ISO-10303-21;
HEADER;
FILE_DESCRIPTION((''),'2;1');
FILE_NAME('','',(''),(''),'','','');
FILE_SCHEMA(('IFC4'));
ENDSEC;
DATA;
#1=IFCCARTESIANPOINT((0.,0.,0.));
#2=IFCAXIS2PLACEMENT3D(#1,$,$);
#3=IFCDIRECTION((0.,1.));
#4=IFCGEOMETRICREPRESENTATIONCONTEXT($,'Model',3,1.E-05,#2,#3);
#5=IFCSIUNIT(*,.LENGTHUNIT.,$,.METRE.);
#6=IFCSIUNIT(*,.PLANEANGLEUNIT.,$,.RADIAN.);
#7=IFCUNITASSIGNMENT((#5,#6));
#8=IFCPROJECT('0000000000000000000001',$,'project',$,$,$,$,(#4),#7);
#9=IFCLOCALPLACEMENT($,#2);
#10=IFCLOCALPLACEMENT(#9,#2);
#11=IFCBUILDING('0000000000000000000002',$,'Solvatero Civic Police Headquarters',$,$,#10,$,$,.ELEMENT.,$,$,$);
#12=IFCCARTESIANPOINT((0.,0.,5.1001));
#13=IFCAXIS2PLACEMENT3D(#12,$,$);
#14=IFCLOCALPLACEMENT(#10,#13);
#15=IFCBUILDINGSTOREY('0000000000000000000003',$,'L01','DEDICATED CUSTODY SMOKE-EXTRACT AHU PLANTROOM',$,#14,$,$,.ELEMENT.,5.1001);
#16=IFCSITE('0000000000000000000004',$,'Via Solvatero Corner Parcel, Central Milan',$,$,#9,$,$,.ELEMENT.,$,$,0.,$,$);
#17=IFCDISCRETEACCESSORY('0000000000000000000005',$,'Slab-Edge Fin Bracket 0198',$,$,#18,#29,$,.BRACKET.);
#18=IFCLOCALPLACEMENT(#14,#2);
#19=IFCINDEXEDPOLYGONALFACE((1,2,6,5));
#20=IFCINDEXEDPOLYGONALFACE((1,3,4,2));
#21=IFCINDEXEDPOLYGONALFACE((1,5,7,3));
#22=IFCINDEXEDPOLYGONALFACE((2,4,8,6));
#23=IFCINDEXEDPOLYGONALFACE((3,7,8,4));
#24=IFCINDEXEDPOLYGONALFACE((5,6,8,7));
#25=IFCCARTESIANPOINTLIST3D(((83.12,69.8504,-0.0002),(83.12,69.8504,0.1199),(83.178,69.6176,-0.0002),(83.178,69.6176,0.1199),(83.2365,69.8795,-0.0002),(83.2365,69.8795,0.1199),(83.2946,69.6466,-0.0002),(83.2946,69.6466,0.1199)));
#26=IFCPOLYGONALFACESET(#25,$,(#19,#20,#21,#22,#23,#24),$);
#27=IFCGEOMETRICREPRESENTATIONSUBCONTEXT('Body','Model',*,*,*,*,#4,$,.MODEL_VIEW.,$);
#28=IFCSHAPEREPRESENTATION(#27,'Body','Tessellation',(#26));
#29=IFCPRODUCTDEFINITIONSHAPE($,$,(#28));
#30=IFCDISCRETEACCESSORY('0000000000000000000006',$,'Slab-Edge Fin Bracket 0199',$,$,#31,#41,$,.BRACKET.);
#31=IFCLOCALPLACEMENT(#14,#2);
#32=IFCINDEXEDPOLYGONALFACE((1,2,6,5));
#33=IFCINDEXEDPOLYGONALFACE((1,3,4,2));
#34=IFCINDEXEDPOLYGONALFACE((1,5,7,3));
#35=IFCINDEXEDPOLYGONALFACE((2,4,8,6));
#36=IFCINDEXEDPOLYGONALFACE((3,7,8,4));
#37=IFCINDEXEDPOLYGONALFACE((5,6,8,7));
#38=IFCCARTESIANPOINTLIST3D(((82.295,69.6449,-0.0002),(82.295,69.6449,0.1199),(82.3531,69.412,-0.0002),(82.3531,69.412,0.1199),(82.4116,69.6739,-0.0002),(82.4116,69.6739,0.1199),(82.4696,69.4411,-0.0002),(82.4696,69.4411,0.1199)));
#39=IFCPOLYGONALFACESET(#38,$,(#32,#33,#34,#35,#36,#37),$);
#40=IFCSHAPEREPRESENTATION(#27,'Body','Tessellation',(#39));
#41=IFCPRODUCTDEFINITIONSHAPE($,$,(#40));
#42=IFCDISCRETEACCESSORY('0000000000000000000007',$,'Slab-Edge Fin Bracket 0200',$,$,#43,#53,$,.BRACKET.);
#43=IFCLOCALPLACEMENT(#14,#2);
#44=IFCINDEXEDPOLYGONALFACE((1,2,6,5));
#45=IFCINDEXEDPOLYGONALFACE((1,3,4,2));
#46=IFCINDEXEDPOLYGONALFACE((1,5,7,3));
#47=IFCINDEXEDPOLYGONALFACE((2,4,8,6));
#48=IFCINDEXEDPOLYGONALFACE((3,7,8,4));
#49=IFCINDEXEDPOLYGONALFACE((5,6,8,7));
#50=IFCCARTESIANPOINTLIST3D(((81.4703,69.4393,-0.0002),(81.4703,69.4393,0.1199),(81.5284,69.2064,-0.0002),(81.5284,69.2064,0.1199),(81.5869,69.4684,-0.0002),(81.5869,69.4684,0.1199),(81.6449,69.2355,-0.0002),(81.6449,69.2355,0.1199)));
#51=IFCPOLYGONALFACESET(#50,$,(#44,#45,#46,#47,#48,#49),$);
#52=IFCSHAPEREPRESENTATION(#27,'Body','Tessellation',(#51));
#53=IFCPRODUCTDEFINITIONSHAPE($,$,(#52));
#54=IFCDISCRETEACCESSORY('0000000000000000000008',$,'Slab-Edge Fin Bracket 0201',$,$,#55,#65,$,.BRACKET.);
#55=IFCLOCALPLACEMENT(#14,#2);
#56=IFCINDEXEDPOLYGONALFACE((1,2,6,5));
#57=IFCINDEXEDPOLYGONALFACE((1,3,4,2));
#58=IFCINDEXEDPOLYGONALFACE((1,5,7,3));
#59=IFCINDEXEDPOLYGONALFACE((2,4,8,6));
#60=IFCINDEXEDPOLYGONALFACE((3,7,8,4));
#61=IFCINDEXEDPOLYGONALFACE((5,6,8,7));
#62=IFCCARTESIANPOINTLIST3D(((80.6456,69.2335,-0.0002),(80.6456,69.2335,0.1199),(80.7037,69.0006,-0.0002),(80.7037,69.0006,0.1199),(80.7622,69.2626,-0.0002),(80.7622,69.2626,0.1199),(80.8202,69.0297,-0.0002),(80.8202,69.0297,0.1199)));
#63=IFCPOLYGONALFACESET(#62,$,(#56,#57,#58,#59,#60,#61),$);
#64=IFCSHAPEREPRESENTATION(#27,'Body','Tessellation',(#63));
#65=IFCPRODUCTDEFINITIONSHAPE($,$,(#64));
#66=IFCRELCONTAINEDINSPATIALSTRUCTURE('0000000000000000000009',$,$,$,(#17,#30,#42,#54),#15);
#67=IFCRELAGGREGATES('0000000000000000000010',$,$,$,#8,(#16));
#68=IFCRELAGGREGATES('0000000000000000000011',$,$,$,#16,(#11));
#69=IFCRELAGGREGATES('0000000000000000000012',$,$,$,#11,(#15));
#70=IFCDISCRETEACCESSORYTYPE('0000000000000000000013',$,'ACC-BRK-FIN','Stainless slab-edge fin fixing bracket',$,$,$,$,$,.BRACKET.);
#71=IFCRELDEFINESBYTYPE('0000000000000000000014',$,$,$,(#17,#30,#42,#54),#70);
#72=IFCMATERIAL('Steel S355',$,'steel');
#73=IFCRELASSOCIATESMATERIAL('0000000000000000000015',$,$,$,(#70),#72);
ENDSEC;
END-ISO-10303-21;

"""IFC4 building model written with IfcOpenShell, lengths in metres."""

from ifc_helpers import new_model, si_unit, direction, frame, origin, origin_2d, place, context, subcontext, project, spatial, rectangle, extrude, material, type_object, element, save


model = new_model("IFC4")

# Units and contexts
model_context = context("Model", 3, precision=1e-05, world=origin(), true_north=direction((0.0, 1.0)))
body_context = subcontext(model_context, "Body", "Model", "MODEL_VIEW")
ifc_project = project(units=[si_unit("LENGTHUNIT", "METRE"), si_unit("PLANEANGLEUNIT", "RADIAN")], contexts=[model_context])

# Site, building, storey
site_placement = place(None, origin())
site = spatial("IfcSite", under=ifc_project, at=site_placement, Name="Via Solvatero Corner Parcel, Central Milan", CompositionType="ELEMENT", RefElevation=0.0)
building_placement = place(site_placement, origin())
building = spatial("IfcBuilding", under=site, at=building_placement, Name="Solvatero Civic Police Headquarters", CompositionType="ELEMENT")
storey_placement = place(building_placement, frame((0.0, 0.0, 5.1001)))
storey = spatial("IfcBuildingStorey", under=building, at=storey_placement, Name="L01", Description="DEDICATED CUSTODY SMOKE-EXTRACT AHU PLANTROOM", CompositionType="ELEMENT", Elevation=5.1001)

# Shared definitions
ifc_material_1 = material(Name="Steel S355", Category="steel")

# Discrete accessories
discrete_accessory_type = type_object("IfcDiscreteAccessoryType", Name="ACC-BRK-FIN", Description="Stainless slab-edge fin fixing bracket", PredefinedType="BRACKET", material=ifc_material_1)
for number, where, z_axis, x_axis, name in (
    (1, (83.2073, 69.7485, -0.0002), (0.0, 0.0, 1.0), (-0.9703, -0.241905, 0.0), "Slab-Edge Fin Bracket 0198"),
    (2, (82.3823, 69.543, -0.0002), (0.0, 0.0, 1.0), (-0.9703, -0.241905, 0.0), "Slab-Edge Fin Bracket 0199"),
    (3, (81.5576, 69.3374, -0.0002), (0.0, 0.0, 1.0), (-0.9703, -0.241905, 0.0), "Slab-Edge Fin Bracket 0200"),
    (4, (80.7329, 69.1316, -0.0002), (0.0, 0.0, 1.0), (-0.9703, -0.241905, 0.0), "Slab-Edge Fin Bracket 0201"),
):
    element("IfcDiscreteAccessory", number, at=place(storey_placement, frame(where, z_axis=z_axis, x_axis=x_axis)), inside=storey, type_object=discrete_accessory_type, Name=name, PredefinedType="BRACKET", context=body_context, shape_type="SweptSolid", body=[
        extrude(rectangle(XDim=0.1201, YDim=0.24, at=origin_2d()), origin(), (0.0, 0.0, 1.0), 0.1201),
    ])

save(model, "model.ifc")
